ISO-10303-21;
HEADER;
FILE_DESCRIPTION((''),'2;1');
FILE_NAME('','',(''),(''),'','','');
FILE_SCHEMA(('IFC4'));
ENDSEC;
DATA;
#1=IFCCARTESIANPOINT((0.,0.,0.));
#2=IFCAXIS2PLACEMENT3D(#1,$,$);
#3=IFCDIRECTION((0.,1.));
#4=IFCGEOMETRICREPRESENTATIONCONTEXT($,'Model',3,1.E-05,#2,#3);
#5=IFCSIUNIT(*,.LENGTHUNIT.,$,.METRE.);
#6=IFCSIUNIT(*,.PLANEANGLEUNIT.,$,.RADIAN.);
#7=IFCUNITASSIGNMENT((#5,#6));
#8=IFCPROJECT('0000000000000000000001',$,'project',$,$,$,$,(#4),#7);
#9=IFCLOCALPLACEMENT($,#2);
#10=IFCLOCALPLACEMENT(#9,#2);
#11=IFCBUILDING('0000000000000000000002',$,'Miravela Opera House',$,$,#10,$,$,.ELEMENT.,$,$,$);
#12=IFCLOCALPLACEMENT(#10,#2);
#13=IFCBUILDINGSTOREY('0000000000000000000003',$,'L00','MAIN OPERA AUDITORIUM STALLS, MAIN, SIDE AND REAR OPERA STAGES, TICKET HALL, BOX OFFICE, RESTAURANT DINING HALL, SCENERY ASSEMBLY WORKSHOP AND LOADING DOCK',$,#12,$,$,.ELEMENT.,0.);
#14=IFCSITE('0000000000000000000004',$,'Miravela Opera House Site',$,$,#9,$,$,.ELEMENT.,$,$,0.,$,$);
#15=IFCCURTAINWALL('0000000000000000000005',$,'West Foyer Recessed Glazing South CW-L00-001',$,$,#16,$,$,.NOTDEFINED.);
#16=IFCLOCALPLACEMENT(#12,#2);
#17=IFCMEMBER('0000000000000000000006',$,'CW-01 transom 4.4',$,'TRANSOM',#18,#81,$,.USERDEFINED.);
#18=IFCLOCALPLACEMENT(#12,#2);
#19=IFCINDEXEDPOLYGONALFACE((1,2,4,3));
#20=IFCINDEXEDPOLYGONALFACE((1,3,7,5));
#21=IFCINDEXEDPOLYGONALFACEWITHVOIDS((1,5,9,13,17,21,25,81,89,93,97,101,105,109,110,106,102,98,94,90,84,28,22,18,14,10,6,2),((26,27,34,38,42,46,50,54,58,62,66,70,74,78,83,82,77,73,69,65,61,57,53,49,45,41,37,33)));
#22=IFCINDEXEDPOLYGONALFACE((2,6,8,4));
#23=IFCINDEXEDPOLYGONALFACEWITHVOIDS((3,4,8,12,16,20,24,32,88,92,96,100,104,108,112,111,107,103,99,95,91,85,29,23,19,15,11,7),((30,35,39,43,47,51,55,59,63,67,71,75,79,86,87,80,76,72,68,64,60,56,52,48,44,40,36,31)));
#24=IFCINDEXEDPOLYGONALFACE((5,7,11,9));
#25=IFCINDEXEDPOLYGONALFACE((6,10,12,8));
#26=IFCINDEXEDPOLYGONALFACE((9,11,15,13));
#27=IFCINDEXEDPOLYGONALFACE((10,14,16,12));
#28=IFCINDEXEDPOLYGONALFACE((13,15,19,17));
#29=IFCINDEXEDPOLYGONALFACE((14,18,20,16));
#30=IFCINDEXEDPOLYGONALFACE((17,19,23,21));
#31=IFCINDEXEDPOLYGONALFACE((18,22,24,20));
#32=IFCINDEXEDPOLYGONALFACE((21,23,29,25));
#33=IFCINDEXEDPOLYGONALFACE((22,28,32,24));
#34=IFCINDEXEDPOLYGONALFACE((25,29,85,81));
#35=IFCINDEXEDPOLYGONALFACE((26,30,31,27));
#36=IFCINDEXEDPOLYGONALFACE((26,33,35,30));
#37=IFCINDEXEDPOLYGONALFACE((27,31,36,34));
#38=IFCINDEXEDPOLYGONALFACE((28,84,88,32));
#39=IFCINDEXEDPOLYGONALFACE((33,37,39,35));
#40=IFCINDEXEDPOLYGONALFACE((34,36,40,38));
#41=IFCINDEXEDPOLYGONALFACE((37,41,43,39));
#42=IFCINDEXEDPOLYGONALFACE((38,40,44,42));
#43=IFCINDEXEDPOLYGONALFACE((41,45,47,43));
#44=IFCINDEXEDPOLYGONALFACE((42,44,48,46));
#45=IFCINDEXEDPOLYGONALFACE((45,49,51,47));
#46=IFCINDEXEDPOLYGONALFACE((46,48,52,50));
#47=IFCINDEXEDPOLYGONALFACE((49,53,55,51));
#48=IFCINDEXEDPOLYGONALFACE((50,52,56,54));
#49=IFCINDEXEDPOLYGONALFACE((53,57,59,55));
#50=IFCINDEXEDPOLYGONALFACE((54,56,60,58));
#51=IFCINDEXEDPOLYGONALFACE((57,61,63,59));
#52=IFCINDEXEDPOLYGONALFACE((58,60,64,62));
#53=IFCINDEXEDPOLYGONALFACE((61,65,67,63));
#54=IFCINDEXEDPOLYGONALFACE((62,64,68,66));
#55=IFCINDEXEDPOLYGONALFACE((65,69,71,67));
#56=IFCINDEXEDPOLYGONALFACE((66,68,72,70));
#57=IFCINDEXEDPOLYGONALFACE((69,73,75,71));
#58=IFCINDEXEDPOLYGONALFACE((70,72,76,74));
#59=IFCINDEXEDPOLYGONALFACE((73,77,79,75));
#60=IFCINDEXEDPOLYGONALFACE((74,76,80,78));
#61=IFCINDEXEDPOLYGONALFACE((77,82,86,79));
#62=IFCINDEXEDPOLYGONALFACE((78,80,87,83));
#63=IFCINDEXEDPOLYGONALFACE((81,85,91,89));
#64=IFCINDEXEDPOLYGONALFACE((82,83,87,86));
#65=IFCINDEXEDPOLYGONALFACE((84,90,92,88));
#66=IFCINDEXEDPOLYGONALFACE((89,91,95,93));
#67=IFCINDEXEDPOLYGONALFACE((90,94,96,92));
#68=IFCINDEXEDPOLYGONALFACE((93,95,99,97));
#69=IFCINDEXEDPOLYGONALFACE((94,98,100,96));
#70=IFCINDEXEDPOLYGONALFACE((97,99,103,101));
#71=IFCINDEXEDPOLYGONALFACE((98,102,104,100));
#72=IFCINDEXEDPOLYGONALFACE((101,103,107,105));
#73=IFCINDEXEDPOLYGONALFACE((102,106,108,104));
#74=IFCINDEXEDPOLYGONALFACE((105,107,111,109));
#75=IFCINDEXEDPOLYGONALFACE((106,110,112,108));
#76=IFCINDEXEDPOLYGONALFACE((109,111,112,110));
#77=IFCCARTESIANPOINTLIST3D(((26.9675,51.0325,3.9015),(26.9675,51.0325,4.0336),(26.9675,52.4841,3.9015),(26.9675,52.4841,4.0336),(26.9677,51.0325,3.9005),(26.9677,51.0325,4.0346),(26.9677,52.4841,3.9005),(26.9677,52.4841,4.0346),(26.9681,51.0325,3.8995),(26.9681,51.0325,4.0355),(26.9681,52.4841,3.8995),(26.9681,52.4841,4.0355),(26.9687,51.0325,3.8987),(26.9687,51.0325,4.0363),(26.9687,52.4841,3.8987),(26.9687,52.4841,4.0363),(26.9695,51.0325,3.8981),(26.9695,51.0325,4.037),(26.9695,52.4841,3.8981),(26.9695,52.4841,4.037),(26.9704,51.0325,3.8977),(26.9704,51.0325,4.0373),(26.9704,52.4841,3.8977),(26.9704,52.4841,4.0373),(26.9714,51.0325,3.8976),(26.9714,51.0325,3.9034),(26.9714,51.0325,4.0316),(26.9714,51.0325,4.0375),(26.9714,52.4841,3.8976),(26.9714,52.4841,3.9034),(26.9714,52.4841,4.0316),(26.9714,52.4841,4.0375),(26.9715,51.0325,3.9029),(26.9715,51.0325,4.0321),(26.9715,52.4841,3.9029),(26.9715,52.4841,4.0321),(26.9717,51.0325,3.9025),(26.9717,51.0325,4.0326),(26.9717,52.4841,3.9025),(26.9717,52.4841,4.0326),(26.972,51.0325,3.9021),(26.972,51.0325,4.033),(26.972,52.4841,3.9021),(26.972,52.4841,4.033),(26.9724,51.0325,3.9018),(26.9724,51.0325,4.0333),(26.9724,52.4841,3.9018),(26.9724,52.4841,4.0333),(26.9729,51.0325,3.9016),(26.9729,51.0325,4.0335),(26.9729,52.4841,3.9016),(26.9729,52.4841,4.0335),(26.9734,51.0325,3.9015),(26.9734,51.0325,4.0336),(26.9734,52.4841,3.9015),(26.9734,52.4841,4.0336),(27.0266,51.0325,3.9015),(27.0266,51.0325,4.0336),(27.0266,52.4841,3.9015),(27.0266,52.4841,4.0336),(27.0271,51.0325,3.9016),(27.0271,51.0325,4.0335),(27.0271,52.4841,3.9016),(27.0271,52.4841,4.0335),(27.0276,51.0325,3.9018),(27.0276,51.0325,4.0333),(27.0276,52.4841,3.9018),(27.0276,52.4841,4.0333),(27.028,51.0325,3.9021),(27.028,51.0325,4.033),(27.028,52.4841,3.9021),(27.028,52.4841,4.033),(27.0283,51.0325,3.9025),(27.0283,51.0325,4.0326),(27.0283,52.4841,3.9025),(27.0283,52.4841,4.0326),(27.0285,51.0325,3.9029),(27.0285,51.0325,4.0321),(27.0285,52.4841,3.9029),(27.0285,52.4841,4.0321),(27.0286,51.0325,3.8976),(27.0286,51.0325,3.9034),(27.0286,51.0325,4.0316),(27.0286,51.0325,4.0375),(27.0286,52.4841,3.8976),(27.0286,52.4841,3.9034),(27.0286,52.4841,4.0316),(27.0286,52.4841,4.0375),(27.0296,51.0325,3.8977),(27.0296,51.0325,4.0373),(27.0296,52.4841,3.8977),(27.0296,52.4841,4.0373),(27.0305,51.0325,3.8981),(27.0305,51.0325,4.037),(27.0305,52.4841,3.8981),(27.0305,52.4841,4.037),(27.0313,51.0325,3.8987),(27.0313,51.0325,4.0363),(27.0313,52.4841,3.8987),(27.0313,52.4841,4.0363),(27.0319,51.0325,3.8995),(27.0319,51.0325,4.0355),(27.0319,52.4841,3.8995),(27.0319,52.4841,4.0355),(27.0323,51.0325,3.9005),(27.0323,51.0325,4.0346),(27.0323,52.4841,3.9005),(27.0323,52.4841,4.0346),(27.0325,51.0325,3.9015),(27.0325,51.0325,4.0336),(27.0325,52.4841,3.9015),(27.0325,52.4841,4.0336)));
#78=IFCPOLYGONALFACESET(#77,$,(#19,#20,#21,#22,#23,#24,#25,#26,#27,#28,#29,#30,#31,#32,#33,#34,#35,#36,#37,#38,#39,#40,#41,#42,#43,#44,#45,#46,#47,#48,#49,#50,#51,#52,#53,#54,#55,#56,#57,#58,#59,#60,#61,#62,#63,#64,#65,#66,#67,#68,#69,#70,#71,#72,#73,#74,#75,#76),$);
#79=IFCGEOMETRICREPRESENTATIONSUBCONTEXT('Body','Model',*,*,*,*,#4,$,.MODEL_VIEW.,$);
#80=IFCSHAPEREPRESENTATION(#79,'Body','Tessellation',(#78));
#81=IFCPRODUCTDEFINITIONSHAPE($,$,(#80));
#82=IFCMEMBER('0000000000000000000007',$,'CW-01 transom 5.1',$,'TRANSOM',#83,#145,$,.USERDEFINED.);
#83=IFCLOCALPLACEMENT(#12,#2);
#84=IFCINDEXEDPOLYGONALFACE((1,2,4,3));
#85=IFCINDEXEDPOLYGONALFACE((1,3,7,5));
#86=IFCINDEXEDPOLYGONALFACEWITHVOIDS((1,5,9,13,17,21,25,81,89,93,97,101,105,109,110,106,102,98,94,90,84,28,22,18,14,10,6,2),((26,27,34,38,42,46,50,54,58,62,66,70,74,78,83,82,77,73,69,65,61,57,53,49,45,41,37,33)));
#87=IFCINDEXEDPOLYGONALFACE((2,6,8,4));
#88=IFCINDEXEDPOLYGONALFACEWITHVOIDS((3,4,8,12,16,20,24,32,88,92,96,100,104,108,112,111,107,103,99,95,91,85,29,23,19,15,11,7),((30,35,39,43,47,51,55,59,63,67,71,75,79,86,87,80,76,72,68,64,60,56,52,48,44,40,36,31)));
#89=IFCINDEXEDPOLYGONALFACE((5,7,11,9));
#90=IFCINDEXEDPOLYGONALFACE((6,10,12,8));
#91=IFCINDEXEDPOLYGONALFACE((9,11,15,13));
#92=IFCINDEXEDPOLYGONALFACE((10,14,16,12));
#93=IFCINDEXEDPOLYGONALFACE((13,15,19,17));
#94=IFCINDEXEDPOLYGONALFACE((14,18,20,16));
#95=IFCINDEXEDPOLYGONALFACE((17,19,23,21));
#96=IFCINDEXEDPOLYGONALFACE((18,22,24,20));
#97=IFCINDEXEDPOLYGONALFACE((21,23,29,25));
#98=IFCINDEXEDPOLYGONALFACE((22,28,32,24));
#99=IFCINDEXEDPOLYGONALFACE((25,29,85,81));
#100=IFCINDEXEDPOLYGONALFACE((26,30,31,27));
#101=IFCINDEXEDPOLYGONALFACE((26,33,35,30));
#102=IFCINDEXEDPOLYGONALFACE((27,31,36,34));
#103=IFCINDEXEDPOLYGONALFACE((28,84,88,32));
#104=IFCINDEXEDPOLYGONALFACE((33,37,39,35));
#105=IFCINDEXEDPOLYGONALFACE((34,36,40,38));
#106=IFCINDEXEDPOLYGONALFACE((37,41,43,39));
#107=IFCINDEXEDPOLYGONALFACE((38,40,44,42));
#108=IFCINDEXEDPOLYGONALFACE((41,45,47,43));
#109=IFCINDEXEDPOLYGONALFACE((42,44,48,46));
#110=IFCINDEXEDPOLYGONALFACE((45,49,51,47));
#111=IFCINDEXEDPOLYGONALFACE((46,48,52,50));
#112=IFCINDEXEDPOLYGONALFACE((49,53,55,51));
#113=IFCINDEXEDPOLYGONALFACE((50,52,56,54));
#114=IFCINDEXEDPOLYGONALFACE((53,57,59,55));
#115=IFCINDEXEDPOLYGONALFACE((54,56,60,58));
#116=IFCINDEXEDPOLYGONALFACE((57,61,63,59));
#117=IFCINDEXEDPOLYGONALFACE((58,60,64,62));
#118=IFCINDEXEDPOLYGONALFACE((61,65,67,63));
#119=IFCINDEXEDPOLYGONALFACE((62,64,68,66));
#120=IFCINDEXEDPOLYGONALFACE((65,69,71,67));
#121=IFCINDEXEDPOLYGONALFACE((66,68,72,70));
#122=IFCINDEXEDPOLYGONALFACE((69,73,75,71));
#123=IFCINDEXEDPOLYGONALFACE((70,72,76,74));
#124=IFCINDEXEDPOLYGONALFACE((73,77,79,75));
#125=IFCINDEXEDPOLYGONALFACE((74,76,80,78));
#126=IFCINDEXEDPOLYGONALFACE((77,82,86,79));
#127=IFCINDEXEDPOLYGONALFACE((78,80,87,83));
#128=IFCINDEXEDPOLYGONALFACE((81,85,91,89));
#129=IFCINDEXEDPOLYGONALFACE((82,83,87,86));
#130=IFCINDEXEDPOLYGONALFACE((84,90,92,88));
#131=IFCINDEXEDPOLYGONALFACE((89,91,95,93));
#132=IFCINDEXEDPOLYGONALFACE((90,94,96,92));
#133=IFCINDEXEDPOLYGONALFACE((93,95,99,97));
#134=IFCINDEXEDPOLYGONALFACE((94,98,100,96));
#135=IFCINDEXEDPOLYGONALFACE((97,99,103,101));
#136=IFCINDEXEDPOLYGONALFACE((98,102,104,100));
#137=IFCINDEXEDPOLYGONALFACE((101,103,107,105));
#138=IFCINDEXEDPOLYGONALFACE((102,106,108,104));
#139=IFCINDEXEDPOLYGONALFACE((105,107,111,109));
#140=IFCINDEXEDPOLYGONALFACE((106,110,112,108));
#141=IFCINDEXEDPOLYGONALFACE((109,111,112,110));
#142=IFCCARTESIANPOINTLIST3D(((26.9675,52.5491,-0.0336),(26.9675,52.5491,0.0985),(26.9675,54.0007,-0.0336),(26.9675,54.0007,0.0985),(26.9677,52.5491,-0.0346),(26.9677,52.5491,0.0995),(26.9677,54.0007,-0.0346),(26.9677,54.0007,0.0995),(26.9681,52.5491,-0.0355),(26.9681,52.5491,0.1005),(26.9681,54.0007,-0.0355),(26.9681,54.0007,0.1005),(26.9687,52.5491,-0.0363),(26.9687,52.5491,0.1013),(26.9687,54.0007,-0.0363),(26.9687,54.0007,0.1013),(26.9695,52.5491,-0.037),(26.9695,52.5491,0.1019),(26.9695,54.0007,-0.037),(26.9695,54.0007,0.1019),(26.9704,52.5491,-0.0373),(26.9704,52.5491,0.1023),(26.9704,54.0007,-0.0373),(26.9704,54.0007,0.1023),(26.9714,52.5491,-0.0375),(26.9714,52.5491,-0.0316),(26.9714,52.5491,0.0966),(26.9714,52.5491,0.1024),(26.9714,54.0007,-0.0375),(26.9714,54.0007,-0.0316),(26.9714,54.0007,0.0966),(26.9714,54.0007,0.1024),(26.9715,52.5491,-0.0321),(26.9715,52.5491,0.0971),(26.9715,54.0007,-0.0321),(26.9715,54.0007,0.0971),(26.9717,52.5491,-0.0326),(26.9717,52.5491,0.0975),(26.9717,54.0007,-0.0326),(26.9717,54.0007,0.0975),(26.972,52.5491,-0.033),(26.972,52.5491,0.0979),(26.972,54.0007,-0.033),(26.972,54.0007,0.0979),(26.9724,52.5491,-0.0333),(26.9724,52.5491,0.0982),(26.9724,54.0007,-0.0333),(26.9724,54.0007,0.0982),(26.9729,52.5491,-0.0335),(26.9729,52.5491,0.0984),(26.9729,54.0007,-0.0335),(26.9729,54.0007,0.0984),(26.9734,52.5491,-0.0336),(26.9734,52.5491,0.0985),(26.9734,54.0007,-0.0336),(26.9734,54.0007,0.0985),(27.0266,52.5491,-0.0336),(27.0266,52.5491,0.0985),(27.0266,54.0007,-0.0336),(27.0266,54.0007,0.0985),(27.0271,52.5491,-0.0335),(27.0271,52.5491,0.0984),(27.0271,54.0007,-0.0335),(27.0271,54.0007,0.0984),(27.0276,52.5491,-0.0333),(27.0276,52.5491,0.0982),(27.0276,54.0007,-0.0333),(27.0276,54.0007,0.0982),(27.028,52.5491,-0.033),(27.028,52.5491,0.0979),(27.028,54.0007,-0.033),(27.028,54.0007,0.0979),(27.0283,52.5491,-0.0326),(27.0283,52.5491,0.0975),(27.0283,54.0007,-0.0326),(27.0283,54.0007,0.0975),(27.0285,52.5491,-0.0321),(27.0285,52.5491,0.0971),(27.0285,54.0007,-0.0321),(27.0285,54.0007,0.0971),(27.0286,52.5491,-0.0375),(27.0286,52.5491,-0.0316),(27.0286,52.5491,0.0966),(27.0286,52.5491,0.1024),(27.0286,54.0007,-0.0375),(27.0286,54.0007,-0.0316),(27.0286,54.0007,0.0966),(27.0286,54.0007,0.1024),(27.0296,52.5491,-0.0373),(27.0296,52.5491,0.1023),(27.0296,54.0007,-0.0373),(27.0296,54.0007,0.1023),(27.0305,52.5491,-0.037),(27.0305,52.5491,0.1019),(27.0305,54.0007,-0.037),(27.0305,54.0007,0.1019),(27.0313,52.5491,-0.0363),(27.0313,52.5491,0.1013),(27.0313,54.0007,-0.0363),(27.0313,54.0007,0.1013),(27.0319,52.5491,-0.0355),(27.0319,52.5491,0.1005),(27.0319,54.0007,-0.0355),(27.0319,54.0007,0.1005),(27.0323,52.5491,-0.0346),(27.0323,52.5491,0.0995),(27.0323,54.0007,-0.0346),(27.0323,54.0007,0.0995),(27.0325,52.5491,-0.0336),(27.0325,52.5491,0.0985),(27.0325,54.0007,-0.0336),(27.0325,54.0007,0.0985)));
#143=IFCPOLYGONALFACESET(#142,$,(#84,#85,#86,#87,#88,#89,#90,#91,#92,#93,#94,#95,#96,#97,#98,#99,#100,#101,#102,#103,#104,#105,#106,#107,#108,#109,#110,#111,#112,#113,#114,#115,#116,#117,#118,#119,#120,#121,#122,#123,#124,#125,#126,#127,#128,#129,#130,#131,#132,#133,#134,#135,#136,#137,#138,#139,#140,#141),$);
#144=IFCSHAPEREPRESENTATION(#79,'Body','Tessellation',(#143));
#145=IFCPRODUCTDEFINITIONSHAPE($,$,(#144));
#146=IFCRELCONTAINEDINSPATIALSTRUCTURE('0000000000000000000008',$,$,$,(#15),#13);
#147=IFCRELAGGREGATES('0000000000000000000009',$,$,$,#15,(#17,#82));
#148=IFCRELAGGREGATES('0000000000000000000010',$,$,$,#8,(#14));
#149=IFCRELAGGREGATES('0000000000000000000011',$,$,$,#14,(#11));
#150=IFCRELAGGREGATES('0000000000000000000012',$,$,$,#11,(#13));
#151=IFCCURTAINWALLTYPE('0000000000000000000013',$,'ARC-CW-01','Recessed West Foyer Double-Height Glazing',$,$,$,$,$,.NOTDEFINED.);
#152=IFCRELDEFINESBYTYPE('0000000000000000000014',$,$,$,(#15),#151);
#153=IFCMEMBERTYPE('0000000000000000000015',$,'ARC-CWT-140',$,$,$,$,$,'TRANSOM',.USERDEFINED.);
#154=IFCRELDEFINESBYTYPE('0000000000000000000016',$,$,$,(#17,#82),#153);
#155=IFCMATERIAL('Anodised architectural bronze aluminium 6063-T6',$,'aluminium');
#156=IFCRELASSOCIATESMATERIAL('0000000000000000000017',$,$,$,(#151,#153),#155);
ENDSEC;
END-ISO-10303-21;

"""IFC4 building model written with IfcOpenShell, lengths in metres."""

from ifc_helpers import new_model, si_unit, direction, frame, origin, origin_2d, place, context, subcontext, project, spatial, hollow_rectangle, extrude, material, material_profile, profile_set, type_object, element, aggregate, save


model = new_model("IFC4")

# Units and contexts
model_context = context("Model", 3, precision=1e-05, world=origin(), true_north=direction((0.0, 1.0)))
body_context = subcontext(model_context, "Body", "Model", "MODEL_VIEW")
ifc_project = project(units=[si_unit("LENGTHUNIT", "METRE"), si_unit("PLANEANGLEUNIT", "RADIAN")], contexts=[model_context])

# Site, building, storey
site_placement = place(None, origin())
site = spatial("IfcSite", under=ifc_project, at=site_placement, Name="Miravela Opera House Site", CompositionType="ELEMENT", RefElevation=0.0)
building_placement = place(site_placement, origin())
building = spatial("IfcBuilding", under=site, at=building_placement, Name="Miravela Opera House", CompositionType="ELEMENT")
storey_placement = place(building_placement, origin())
storey = spatial("IfcBuildingStorey", under=building, at=storey_placement, Name="L00", Description="MAIN OPERA AUDITORIUM STALLS, MAIN, SIDE AND REAR OPERA STAGES, TICKET HALL, BOX OFFICE, RESTAURANT DINING HALL, SCENERY ASSEMBLY WORKSHOP AND LOADING DOCK", CompositionType="ELEMENT", Elevation=0.0)

# Curtain wall, members
ifc_material_1 = material(Name="Anodised architectural bronze aluminium 6063-T6", Category="aluminium")
curtain_wall_type = type_object("IfcCurtainWallType", Name="ARC-CW-01", Description="Recessed West Foyer Double-Height Glazing", PredefinedType="NOTDEFINED", material=ifc_material_1)
curtain_wall_placement = place(storey_placement, origin())
curtain_wall = element("IfcCurtainWall", 1, at=curtain_wall_placement, inside=storey, type_object=curtain_wall_type, Name="West Foyer Recessed Glazing South CW-L00-001", PredefinedType="NOTDEFINED")
ifc_material_profile_1 = material_profile(ifc_material_1, hollow_rectangle(XDim=0.0649, YDim=0.1399, WallThickness=0.0039, InnerFilletRadius=0.002, OuterFilletRadius=0.0039, at=origin_2d()), Name="CWT-65X140")
ifc_profile_set_1 = profile_set([ifc_material_profile_1])
member_type_1 = type_object("IfcMemberType", Name="ARC-CWT-140", ElementType="TRANSOM", PredefinedType="USERDEFINED", material=ifc_profile_set_1)
member_1_placement = place(storey_placement, frame((27.0, 51.0325, 3.9675), z_axis=(0.0, 1.0, 0.0), x_axis=(-1.0, 0.0, 0.0)))
member_1 = element("IfcMember", 2, at=member_1_placement, type_object=member_type_1, Name="CW-01 transom 4.4", ObjectType="TRANSOM", PredefinedType="USERDEFINED", context=body_context, shape_type="SweptSolid", body=[
    extrude(hollow_rectangle(XDim=0.0649, YDim=0.1399, WallThickness=0.0039, InnerFilletRadius=0.002, OuterFilletRadius=0.0039, at=origin_2d()), origin(), (0.0, 0.0, 1.0), 1.4517),
])
member_2_placement = place(storey_placement, frame((27.0, 52.5491, 0.0325), z_axis=(0.0, 1.0, 0.0), x_axis=(-1.0, 0.0, 0.0)))
member_2 = element("IfcMember", 3, at=member_2_placement, type_object=member_type_1, Name="CW-01 transom 5.1", ObjectType="TRANSOM", PredefinedType="USERDEFINED", context=body_context, shape_type="SweptSolid", body=[
    extrude(hollow_rectangle(XDim=0.0649, YDim=0.1399, WallThickness=0.0039, InnerFilletRadius=0.002, OuterFilletRadius=0.0039, at=origin_2d()), origin(), (0.0, 0.0, 1.0), 1.4517),
])

aggregate(curtain_wall, [member_1, member_2])

save(model, "model.ifc")
